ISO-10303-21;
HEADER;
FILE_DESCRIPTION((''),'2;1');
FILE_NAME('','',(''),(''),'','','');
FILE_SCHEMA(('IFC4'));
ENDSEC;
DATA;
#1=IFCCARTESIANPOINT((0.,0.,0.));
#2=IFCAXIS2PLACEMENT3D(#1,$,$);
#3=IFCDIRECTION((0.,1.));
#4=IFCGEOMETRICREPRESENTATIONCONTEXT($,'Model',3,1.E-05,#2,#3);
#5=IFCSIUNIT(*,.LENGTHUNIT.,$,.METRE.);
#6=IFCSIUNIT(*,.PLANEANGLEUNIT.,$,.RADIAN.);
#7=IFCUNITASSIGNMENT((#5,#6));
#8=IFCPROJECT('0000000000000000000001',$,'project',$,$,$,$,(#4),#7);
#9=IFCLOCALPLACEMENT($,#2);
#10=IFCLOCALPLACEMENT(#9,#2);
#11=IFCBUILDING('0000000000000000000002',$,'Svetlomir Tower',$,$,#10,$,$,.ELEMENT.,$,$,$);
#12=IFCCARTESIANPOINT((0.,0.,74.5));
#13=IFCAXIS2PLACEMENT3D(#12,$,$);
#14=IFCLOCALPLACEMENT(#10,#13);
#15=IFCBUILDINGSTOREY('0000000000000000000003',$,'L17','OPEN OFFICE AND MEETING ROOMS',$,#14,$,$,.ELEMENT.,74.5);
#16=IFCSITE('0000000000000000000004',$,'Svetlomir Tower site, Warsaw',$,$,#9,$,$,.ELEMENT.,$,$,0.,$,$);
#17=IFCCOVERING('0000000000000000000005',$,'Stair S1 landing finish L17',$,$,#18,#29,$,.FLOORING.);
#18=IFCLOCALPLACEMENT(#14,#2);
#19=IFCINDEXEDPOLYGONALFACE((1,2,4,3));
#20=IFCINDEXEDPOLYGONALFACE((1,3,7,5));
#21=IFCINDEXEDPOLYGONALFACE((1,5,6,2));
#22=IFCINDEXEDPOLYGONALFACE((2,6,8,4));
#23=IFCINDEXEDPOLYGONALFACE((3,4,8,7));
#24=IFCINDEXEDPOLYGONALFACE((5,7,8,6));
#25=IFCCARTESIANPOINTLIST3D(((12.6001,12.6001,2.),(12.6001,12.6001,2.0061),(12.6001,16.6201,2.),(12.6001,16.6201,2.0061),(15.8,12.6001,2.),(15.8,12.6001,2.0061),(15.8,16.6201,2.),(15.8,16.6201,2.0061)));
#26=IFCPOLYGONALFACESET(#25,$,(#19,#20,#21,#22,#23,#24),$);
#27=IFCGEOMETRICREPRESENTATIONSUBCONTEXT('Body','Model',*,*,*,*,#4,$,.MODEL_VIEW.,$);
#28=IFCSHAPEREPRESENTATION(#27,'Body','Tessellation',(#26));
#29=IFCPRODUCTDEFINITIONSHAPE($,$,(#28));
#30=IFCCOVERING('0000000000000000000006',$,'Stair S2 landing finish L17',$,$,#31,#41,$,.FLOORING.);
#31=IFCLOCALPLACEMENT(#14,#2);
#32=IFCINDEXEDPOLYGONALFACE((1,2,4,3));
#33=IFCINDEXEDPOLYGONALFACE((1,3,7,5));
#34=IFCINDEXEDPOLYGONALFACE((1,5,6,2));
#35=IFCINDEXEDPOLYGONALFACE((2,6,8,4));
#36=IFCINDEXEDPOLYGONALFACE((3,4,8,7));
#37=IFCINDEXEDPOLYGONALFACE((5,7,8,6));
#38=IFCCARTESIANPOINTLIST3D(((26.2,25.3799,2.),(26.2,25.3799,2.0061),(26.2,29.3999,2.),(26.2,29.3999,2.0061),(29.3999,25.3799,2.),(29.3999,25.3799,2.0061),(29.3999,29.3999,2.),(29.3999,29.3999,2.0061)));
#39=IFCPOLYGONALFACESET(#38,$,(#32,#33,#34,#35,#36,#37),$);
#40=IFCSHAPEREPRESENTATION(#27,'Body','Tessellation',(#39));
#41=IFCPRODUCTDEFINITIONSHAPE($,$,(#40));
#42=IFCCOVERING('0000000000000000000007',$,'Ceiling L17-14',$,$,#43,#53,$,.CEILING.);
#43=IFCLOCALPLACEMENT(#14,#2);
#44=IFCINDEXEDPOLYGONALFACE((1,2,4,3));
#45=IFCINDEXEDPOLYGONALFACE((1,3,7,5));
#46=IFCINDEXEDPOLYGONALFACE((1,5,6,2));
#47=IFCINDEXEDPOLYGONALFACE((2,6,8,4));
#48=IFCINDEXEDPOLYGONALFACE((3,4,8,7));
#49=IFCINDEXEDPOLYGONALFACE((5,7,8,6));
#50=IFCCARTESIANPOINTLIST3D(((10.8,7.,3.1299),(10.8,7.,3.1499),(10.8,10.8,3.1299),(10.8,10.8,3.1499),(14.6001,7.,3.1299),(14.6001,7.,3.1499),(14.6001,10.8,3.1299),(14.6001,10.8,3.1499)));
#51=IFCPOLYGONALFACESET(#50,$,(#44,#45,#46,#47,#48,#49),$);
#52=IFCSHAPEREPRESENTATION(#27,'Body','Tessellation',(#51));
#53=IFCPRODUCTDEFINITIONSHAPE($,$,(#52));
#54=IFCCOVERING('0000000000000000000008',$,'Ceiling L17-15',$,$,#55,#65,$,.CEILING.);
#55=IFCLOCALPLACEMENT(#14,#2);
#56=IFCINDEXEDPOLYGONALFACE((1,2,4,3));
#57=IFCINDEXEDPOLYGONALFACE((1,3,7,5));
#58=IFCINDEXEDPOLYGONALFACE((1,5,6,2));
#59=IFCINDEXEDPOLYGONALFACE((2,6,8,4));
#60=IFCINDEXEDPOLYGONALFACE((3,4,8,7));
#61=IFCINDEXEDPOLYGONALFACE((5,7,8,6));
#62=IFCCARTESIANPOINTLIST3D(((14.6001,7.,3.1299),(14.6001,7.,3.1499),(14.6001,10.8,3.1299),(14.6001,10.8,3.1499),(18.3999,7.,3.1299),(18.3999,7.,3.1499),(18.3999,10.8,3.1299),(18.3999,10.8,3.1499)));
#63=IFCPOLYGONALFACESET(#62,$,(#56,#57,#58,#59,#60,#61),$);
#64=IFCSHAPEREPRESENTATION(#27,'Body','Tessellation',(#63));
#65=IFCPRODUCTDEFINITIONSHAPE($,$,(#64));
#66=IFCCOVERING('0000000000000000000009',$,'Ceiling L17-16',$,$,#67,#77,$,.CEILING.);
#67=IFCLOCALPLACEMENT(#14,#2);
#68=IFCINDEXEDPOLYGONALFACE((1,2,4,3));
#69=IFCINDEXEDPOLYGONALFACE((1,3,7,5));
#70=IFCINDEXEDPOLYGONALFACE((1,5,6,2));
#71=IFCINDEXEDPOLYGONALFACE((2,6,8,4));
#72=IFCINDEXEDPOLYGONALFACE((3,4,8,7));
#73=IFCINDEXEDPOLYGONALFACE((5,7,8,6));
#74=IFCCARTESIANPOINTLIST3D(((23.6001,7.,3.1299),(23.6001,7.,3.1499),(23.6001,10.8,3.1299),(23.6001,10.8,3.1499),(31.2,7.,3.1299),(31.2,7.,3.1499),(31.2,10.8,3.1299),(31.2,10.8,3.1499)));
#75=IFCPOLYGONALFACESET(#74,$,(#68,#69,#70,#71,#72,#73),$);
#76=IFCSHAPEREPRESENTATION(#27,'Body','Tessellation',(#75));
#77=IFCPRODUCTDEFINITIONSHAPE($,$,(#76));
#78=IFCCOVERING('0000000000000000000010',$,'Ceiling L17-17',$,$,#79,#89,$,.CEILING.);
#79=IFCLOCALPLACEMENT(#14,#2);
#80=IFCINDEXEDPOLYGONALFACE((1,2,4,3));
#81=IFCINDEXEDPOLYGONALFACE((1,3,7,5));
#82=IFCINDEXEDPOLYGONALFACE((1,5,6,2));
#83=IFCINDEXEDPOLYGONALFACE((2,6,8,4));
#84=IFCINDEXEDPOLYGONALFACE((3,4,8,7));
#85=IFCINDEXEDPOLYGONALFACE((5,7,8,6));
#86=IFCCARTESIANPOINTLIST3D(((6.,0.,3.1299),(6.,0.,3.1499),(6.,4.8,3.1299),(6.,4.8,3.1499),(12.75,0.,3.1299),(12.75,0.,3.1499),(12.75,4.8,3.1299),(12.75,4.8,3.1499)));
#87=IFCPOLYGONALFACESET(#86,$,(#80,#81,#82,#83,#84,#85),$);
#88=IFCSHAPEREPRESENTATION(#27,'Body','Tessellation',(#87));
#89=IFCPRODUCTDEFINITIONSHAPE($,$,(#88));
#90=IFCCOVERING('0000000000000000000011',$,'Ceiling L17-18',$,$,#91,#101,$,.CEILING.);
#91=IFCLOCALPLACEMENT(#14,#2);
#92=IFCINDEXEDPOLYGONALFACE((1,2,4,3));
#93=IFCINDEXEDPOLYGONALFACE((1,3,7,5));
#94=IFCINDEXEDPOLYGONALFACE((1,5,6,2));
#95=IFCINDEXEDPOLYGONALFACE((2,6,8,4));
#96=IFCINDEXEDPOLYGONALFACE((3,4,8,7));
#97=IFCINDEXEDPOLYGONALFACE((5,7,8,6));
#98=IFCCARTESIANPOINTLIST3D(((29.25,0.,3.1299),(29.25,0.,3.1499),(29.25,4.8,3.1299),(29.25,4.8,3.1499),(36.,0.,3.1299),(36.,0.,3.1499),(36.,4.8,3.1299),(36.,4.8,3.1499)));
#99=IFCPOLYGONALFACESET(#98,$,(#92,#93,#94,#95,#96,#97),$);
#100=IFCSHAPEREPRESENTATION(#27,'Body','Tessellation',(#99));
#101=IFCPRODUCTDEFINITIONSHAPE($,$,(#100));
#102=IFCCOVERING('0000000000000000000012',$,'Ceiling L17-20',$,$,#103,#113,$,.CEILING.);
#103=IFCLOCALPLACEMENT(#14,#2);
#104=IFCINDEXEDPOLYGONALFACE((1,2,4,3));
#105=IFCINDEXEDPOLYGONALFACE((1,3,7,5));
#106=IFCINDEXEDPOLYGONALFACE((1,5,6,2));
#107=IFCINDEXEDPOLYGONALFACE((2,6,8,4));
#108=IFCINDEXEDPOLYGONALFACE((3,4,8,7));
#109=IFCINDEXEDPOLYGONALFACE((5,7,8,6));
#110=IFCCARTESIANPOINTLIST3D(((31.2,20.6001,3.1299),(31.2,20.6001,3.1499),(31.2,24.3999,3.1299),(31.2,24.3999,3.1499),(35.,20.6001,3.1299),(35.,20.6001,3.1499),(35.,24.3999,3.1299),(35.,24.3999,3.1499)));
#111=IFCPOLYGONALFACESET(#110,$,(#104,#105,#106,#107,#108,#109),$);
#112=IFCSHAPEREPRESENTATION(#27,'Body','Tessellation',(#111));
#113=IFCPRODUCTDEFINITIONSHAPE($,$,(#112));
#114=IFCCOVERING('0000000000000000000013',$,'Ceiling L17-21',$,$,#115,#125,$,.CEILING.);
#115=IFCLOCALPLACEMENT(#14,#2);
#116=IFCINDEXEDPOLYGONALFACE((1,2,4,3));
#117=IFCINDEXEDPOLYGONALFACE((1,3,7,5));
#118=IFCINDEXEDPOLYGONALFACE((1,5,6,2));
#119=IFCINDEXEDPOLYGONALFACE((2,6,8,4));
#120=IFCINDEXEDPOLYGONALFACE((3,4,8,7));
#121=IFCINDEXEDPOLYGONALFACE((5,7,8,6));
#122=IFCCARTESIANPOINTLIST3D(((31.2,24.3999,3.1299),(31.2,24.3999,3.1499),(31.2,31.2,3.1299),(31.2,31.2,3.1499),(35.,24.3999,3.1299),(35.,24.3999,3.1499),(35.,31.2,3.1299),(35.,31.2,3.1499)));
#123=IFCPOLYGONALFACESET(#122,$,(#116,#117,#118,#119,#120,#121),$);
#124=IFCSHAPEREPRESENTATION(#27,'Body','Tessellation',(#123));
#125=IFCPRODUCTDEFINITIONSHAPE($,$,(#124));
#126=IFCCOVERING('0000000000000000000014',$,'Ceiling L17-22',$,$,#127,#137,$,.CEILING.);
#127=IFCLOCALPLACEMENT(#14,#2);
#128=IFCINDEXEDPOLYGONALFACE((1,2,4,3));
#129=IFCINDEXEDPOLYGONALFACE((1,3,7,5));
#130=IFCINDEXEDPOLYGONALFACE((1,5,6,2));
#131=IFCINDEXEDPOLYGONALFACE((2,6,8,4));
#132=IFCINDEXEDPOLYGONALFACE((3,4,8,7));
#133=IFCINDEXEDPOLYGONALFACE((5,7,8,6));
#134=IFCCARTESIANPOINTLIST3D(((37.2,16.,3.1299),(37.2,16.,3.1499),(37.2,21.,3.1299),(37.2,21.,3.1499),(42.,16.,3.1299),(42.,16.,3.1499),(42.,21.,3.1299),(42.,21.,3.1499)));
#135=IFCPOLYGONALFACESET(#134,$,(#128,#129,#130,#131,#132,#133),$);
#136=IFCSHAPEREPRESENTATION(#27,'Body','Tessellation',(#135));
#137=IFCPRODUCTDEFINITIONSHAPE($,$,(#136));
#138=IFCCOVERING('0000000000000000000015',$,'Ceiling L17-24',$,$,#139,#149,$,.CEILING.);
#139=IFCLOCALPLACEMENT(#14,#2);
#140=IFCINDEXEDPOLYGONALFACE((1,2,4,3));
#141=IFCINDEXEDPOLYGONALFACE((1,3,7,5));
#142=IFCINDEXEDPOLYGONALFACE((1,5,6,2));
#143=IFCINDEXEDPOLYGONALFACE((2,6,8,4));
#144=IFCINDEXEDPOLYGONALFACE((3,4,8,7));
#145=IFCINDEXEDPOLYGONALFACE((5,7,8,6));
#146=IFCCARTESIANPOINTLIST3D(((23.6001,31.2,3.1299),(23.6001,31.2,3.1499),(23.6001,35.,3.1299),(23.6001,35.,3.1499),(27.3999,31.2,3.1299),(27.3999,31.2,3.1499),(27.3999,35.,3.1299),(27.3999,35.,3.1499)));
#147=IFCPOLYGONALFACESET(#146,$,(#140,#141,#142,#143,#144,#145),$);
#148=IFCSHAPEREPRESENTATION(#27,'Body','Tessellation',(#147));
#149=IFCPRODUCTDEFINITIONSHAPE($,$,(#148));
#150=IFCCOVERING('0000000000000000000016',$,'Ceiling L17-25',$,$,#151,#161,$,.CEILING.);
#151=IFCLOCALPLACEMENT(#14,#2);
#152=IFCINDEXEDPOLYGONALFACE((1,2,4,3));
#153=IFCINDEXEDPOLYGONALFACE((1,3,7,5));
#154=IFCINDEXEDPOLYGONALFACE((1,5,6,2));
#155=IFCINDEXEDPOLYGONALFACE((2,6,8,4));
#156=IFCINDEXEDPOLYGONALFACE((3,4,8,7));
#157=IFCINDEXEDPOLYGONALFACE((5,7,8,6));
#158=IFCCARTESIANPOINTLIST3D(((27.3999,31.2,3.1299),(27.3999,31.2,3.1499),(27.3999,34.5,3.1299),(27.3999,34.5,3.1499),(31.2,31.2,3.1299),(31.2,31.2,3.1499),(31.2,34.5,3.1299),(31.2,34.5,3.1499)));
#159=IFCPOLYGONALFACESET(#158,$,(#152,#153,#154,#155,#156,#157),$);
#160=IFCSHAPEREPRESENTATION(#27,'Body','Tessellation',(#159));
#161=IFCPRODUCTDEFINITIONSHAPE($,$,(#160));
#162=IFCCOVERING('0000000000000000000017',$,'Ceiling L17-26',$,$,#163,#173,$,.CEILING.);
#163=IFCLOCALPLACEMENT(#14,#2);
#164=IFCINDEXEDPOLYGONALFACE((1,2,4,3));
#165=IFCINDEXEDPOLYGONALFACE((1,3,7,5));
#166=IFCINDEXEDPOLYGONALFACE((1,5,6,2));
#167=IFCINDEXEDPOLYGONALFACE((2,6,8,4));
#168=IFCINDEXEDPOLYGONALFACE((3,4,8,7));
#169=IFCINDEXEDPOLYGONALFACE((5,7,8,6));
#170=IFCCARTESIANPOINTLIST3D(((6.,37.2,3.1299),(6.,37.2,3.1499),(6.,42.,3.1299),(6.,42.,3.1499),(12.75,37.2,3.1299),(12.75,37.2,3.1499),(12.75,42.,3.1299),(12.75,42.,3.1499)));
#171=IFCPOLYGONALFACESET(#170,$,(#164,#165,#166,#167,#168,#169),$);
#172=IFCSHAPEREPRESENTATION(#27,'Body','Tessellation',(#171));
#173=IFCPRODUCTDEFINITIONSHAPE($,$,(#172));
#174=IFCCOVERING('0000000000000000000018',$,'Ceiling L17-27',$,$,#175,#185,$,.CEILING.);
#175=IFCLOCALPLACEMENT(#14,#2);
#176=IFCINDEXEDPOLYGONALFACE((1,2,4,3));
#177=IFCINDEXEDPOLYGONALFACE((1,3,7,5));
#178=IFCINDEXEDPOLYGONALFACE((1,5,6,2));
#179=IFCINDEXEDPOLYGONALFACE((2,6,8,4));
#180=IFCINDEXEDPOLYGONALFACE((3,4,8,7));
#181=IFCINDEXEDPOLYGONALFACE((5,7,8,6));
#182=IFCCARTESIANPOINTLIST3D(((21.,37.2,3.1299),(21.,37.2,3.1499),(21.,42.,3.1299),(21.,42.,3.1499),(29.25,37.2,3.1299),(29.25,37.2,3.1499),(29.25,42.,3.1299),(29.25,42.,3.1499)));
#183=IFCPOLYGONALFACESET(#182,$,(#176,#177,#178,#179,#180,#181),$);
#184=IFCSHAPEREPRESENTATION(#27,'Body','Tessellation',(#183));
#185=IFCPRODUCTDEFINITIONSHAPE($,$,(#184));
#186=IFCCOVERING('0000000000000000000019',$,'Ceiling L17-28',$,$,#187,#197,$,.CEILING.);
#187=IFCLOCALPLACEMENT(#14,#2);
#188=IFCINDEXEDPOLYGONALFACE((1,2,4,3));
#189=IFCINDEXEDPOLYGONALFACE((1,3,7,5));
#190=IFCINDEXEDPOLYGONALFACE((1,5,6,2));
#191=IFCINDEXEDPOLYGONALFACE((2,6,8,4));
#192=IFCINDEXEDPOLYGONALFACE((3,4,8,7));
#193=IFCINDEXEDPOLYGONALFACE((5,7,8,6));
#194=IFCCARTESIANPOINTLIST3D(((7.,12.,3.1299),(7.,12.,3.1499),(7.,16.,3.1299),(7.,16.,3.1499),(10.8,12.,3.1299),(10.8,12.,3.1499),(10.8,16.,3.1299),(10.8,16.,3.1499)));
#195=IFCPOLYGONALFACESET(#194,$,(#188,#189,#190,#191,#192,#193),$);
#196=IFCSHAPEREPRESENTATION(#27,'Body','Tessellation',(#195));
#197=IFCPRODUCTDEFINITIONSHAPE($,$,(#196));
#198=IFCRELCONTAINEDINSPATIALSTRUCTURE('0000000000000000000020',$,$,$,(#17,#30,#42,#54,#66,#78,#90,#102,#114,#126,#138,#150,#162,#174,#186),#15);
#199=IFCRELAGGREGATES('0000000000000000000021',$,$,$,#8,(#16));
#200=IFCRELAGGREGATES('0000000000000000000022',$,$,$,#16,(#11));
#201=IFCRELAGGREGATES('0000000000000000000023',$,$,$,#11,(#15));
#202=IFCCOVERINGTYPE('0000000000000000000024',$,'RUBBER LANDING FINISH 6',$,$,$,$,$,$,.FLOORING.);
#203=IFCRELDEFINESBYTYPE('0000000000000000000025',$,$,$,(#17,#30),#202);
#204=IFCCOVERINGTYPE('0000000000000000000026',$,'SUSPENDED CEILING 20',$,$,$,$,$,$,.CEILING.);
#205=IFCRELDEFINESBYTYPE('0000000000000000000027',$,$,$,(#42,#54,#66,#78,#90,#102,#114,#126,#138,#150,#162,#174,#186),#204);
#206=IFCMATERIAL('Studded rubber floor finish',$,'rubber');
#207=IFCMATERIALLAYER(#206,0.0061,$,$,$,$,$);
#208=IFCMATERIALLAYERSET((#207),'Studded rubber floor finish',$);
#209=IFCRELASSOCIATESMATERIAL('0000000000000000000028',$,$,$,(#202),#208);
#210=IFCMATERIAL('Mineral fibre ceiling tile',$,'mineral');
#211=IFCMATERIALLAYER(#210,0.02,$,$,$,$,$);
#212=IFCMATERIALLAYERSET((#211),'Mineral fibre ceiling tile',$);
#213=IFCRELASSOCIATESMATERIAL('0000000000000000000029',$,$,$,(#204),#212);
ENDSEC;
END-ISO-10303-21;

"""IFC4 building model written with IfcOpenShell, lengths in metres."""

from ifc_helpers import new_model, si_unit, direction, frame, origin, place, context, subcontext, project, spatial, polyline, outline, extrude, material, layer, layer_set, type_object, element, save


model = new_model("IFC4")

# Units and contexts
model_context = context("Model", 3, precision=1e-05, world=origin(), true_north=direction((0.0, 1.0)))
body_context = subcontext(model_context, "Body", "Model", "MODEL_VIEW")
ifc_project = project(units=[si_unit("LENGTHUNIT", "METRE"), si_unit("PLANEANGLEUNIT", "RADIAN")], contexts=[model_context])

# Site, building, storey
site_placement = place(None, origin())
site = spatial("IfcSite", under=ifc_project, at=site_placement, Name="Svetlomir Tower site, Warsaw", CompositionType="ELEMENT", RefElevation=0.0)
building_placement = place(site_placement, origin())
building = spatial("IfcBuilding", under=site, at=building_placement, Name="Svetlomir Tower", CompositionType="ELEMENT")
storey_placement = place(building_placement, frame((0.0, 0.0, 74.5)))
storey = spatial("IfcBuildingStorey", under=building, at=storey_placement, Name="L17", Description="OPEN OFFICE AND MEETING ROOMS", CompositionType="ELEMENT", Elevation=74.5)

# Coverings
ifc_material_1 = material(Name="Studded rubber floor finish", Category="rubber")
ifc_layer_1 = layer(ifc_material_1, 0.0061)
ifc_layer_set_1 = layer_set([ifc_layer_1], Name="Studded rubber floor finish")
covering_type_1 = type_object("IfcCoveringType", Name="RUBBER LANDING FINISH 6", PredefinedType="FLOORING", material=ifc_layer_set_1)
covering_1_placement = place(storey_placement, frame((0.0, 0.0, 2.0)))
element("IfcCovering", 1, at=covering_1_placement, inside=storey, type_object=covering_type_1, Name="Stair S1 landing finish L17", PredefinedType="FLOORING", context=body_context, shape_type="SweptSolid", body=[
    extrude(outline(polyline([(12.6001, 12.6001), (15.8, 12.6001), (15.8, 16.6201), (12.6001, 16.6201), (12.6001, 12.6001)])), origin(), (0.0, 0.0, 1.0), 0.0061),
])
covering_2_placement = place(storey_placement, frame((0.0, 0.0, 2.0)))
element("IfcCovering", 2, at=covering_2_placement, inside=storey, type_object=covering_type_1, Name="Stair S2 landing finish L17", PredefinedType="FLOORING", context=body_context, shape_type="SweptSolid", body=[
    extrude(outline(polyline([(26.2, 25.3799), (29.3999, 25.3799), (29.3999, 29.3999), (26.2, 29.3999), (26.2, 25.3799)])), origin(), (0.0, 0.0, 1.0), 0.0061),
])
ifc_material_2 = material(Name="Mineral fibre ceiling tile", Category="mineral")
ifc_layer_2 = layer(ifc_material_2, 0.02)
ifc_layer_set_2 = layer_set([ifc_layer_2], Name="Mineral fibre ceiling tile")
covering_type_2 = type_object("IfcCoveringType", Name="SUSPENDED CEILING 20", PredefinedType="CEILING", material=ifc_layer_set_2)
covering_3_placement = place(storey_placement, frame((0.0, 0.0, 3.1299)))
element("IfcCovering", 3, at=covering_3_placement, inside=storey, type_object=covering_type_2, Name="Ceiling L17-14", PredefinedType="CEILING", context=body_context, shape_type="SweptSolid", body=[
    extrude(outline(polyline([(10.8, 7.0), (14.6001, 7.0), (14.6001, 10.8), (10.8, 10.8), (10.8, 7.0)])), origin(), (0.0, 0.0, 1.0), 0.02),
])
covering_4_placement = place(storey_placement, frame((0.0, 0.0, 3.1299)))
element("IfcCovering", 4, at=covering_4_placement, inside=storey, type_object=covering_type_2, Name="Ceiling L17-15", PredefinedType="CEILING", context=body_context, shape_type="SweptSolid", body=[
    extrude(outline(polyline([(14.6001, 7.0), (18.3999, 7.0), (18.3999, 10.8), (14.6001, 10.8), (14.6001, 7.0)])), origin(), (0.0, 0.0, 1.0), 0.02),
])
covering_5_placement = place(storey_placement, frame((0.0, 0.0, 3.1299)))
element("IfcCovering", 5, at=covering_5_placement, inside=storey, type_object=covering_type_2, Name="Ceiling L17-16", PredefinedType="CEILING", context=body_context, shape_type="SweptSolid", body=[
    extrude(outline(polyline([(23.6001, 7.0), (31.2, 7.0), (31.2, 10.8), (23.6001, 10.8), (23.6001, 7.0)])), origin(), (0.0, 0.0, 1.0), 0.02),
])
covering_6_placement = place(storey_placement, frame((0.0, 0.0, 3.1299)))
element("IfcCovering", 6, at=covering_6_placement, inside=storey, type_object=covering_type_2, Name="Ceiling L17-17", PredefinedType="CEILING", context=body_context, shape_type="SweptSolid", body=[
    extrude(outline(polyline([(6.0, 0.0), (12.75, 0.0), (12.75, 4.8), (6.0, 4.8), (6.0, 0.0)])), origin(), (0.0, 0.0, 1.0), 0.02),
])
covering_7_placement = place(storey_placement, frame((0.0, 0.0, 3.1299)))
element("IfcCovering", 7, at=covering_7_placement, inside=storey, type_object=covering_type_2, Name="Ceiling L17-18", PredefinedType="CEILING", context=body_context, shape_type="SweptSolid", body=[
    extrude(outline(polyline([(29.25, 0.0), (36.0, 0.0), (36.0, 4.8), (29.25, 4.8), (29.25, 0.0)])), origin(), (0.0, 0.0, 1.0), 0.02),
])
covering_8_placement = place(storey_placement, frame((0.0, 0.0, 3.1299)))
element("IfcCovering", 8, at=covering_8_placement, inside=storey, type_object=covering_type_2, Name="Ceiling L17-20", PredefinedType="CEILING", context=body_context, shape_type="SweptSolid", body=[
    extrude(outline(polyline([(31.2, 20.6001), (35.0, 20.6001), (35.0, 24.3999), (31.2, 24.3999), (31.2, 20.6001)])), origin(), (0.0, 0.0, 1.0), 0.02),
])
covering_9_placement = place(storey_placement, frame((0.0, 0.0, 3.1299)))
element("IfcCovering", 9, at=covering_9_placement, inside=storey, type_object=covering_type_2, Name="Ceiling L17-21", PredefinedType="CEILING", context=body_context, shape_type="SweptSolid", body=[
    extrude(outline(polyline([(31.2, 24.3999), (35.0, 24.3999), (35.0, 31.2), (31.2, 31.2), (31.2, 24.3999)])), origin(), (0.0, 0.0, 1.0), 0.02),
])
covering_10_placement = place(storey_placement, frame((0.0, 0.0, 3.1299)))
element("IfcCovering", 10, at=covering_10_placement, inside=storey, type_object=covering_type_2, Name="Ceiling L17-22", PredefinedType="CEILING", context=body_context, shape_type="SweptSolid", body=[
    extrude(outline(polyline([(37.2, 16.0), (42.0, 16.0), (42.0, 21.0), (37.2, 21.0), (37.2, 16.0)])), origin(), (0.0, 0.0, 1.0), 0.02),
])
covering_11_placement = place(storey_placement, frame((0.0, 0.0, 3.1299)))
element("IfcCovering", 11, at=covering_11_placement, inside=storey, type_object=covering_type_2, Name="Ceiling L17-24", PredefinedType="CEILING", context=body_context, shape_type="SweptSolid", body=[
    extrude(outline(polyline([(23.6001, 31.2), (27.3999, 31.2), (27.3999, 35.0), (23.6001, 35.0), (23.6001, 31.2)])), origin(), (0.0, 0.0, 1.0), 0.02),
])
covering_12_placement = place(storey_placement, frame((0.0, 0.0, 3.1299)))
element("IfcCovering", 12, at=covering_12_placement, inside=storey, type_object=covering_type_2, Name="Ceiling L17-25", PredefinedType="CEILING", context=body_context, shape_type="SweptSolid", body=[
    extrude(outline(polyline([(27.3999, 31.2), (31.2, 31.2), (31.2, 34.5), (27.3999, 34.5), (27.3999, 31.2)])), origin(), (0.0, 0.0, 1.0), 0.02),
])
covering_13_placement = place(storey_placement, frame((0.0, 0.0, 3.1299)))
element("IfcCovering", 13, at=covering_13_placement, inside=storey, type_object=covering_type_2, Name="Ceiling L17-26", PredefinedType="CEILING", context=body_context, shape_type="SweptSolid", body=[
    extrude(outline(polyline([(6.0, 37.2), (12.75, 37.2), (12.75, 42.0), (6.0, 42.0), (6.0, 37.2)])), origin(), (0.0, 0.0, 1.0), 0.02),
])
covering_14_placement = place(storey_placement, frame((0.0, 0.0, 3.1299)))
element("IfcCovering", 14, at=covering_14_placement, inside=storey, type_object=covering_type_2, Name="Ceiling L17-27", PredefinedType="CEILING", context=body_context, shape_type="SweptSolid", body=[
    extrude(outline(polyline([(21.0, 37.2), (29.25, 37.2), (29.25, 42.0), (21.0, 42.0), (21.0, 37.2)])), origin(), (0.0, 0.0, 1.0), 0.02),
])
covering_15_placement = place(storey_placement, frame((0.0, 0.0, 3.1299)))
element("IfcCovering", 15, at=covering_15_placement, inside=storey, type_object=covering_type_2, Name="Ceiling L17-28", PredefinedType="CEILING", context=body_context, shape_type="SweptSolid", body=[
    extrude(outline(polyline([(7.0, 12.0), (10.8, 12.0), (10.8, 16.0), (7.0, 16.0), (7.0, 12.0)])), origin(), (0.0, 0.0, 1.0), 0.02),
])

save(model, "model.ifc")
